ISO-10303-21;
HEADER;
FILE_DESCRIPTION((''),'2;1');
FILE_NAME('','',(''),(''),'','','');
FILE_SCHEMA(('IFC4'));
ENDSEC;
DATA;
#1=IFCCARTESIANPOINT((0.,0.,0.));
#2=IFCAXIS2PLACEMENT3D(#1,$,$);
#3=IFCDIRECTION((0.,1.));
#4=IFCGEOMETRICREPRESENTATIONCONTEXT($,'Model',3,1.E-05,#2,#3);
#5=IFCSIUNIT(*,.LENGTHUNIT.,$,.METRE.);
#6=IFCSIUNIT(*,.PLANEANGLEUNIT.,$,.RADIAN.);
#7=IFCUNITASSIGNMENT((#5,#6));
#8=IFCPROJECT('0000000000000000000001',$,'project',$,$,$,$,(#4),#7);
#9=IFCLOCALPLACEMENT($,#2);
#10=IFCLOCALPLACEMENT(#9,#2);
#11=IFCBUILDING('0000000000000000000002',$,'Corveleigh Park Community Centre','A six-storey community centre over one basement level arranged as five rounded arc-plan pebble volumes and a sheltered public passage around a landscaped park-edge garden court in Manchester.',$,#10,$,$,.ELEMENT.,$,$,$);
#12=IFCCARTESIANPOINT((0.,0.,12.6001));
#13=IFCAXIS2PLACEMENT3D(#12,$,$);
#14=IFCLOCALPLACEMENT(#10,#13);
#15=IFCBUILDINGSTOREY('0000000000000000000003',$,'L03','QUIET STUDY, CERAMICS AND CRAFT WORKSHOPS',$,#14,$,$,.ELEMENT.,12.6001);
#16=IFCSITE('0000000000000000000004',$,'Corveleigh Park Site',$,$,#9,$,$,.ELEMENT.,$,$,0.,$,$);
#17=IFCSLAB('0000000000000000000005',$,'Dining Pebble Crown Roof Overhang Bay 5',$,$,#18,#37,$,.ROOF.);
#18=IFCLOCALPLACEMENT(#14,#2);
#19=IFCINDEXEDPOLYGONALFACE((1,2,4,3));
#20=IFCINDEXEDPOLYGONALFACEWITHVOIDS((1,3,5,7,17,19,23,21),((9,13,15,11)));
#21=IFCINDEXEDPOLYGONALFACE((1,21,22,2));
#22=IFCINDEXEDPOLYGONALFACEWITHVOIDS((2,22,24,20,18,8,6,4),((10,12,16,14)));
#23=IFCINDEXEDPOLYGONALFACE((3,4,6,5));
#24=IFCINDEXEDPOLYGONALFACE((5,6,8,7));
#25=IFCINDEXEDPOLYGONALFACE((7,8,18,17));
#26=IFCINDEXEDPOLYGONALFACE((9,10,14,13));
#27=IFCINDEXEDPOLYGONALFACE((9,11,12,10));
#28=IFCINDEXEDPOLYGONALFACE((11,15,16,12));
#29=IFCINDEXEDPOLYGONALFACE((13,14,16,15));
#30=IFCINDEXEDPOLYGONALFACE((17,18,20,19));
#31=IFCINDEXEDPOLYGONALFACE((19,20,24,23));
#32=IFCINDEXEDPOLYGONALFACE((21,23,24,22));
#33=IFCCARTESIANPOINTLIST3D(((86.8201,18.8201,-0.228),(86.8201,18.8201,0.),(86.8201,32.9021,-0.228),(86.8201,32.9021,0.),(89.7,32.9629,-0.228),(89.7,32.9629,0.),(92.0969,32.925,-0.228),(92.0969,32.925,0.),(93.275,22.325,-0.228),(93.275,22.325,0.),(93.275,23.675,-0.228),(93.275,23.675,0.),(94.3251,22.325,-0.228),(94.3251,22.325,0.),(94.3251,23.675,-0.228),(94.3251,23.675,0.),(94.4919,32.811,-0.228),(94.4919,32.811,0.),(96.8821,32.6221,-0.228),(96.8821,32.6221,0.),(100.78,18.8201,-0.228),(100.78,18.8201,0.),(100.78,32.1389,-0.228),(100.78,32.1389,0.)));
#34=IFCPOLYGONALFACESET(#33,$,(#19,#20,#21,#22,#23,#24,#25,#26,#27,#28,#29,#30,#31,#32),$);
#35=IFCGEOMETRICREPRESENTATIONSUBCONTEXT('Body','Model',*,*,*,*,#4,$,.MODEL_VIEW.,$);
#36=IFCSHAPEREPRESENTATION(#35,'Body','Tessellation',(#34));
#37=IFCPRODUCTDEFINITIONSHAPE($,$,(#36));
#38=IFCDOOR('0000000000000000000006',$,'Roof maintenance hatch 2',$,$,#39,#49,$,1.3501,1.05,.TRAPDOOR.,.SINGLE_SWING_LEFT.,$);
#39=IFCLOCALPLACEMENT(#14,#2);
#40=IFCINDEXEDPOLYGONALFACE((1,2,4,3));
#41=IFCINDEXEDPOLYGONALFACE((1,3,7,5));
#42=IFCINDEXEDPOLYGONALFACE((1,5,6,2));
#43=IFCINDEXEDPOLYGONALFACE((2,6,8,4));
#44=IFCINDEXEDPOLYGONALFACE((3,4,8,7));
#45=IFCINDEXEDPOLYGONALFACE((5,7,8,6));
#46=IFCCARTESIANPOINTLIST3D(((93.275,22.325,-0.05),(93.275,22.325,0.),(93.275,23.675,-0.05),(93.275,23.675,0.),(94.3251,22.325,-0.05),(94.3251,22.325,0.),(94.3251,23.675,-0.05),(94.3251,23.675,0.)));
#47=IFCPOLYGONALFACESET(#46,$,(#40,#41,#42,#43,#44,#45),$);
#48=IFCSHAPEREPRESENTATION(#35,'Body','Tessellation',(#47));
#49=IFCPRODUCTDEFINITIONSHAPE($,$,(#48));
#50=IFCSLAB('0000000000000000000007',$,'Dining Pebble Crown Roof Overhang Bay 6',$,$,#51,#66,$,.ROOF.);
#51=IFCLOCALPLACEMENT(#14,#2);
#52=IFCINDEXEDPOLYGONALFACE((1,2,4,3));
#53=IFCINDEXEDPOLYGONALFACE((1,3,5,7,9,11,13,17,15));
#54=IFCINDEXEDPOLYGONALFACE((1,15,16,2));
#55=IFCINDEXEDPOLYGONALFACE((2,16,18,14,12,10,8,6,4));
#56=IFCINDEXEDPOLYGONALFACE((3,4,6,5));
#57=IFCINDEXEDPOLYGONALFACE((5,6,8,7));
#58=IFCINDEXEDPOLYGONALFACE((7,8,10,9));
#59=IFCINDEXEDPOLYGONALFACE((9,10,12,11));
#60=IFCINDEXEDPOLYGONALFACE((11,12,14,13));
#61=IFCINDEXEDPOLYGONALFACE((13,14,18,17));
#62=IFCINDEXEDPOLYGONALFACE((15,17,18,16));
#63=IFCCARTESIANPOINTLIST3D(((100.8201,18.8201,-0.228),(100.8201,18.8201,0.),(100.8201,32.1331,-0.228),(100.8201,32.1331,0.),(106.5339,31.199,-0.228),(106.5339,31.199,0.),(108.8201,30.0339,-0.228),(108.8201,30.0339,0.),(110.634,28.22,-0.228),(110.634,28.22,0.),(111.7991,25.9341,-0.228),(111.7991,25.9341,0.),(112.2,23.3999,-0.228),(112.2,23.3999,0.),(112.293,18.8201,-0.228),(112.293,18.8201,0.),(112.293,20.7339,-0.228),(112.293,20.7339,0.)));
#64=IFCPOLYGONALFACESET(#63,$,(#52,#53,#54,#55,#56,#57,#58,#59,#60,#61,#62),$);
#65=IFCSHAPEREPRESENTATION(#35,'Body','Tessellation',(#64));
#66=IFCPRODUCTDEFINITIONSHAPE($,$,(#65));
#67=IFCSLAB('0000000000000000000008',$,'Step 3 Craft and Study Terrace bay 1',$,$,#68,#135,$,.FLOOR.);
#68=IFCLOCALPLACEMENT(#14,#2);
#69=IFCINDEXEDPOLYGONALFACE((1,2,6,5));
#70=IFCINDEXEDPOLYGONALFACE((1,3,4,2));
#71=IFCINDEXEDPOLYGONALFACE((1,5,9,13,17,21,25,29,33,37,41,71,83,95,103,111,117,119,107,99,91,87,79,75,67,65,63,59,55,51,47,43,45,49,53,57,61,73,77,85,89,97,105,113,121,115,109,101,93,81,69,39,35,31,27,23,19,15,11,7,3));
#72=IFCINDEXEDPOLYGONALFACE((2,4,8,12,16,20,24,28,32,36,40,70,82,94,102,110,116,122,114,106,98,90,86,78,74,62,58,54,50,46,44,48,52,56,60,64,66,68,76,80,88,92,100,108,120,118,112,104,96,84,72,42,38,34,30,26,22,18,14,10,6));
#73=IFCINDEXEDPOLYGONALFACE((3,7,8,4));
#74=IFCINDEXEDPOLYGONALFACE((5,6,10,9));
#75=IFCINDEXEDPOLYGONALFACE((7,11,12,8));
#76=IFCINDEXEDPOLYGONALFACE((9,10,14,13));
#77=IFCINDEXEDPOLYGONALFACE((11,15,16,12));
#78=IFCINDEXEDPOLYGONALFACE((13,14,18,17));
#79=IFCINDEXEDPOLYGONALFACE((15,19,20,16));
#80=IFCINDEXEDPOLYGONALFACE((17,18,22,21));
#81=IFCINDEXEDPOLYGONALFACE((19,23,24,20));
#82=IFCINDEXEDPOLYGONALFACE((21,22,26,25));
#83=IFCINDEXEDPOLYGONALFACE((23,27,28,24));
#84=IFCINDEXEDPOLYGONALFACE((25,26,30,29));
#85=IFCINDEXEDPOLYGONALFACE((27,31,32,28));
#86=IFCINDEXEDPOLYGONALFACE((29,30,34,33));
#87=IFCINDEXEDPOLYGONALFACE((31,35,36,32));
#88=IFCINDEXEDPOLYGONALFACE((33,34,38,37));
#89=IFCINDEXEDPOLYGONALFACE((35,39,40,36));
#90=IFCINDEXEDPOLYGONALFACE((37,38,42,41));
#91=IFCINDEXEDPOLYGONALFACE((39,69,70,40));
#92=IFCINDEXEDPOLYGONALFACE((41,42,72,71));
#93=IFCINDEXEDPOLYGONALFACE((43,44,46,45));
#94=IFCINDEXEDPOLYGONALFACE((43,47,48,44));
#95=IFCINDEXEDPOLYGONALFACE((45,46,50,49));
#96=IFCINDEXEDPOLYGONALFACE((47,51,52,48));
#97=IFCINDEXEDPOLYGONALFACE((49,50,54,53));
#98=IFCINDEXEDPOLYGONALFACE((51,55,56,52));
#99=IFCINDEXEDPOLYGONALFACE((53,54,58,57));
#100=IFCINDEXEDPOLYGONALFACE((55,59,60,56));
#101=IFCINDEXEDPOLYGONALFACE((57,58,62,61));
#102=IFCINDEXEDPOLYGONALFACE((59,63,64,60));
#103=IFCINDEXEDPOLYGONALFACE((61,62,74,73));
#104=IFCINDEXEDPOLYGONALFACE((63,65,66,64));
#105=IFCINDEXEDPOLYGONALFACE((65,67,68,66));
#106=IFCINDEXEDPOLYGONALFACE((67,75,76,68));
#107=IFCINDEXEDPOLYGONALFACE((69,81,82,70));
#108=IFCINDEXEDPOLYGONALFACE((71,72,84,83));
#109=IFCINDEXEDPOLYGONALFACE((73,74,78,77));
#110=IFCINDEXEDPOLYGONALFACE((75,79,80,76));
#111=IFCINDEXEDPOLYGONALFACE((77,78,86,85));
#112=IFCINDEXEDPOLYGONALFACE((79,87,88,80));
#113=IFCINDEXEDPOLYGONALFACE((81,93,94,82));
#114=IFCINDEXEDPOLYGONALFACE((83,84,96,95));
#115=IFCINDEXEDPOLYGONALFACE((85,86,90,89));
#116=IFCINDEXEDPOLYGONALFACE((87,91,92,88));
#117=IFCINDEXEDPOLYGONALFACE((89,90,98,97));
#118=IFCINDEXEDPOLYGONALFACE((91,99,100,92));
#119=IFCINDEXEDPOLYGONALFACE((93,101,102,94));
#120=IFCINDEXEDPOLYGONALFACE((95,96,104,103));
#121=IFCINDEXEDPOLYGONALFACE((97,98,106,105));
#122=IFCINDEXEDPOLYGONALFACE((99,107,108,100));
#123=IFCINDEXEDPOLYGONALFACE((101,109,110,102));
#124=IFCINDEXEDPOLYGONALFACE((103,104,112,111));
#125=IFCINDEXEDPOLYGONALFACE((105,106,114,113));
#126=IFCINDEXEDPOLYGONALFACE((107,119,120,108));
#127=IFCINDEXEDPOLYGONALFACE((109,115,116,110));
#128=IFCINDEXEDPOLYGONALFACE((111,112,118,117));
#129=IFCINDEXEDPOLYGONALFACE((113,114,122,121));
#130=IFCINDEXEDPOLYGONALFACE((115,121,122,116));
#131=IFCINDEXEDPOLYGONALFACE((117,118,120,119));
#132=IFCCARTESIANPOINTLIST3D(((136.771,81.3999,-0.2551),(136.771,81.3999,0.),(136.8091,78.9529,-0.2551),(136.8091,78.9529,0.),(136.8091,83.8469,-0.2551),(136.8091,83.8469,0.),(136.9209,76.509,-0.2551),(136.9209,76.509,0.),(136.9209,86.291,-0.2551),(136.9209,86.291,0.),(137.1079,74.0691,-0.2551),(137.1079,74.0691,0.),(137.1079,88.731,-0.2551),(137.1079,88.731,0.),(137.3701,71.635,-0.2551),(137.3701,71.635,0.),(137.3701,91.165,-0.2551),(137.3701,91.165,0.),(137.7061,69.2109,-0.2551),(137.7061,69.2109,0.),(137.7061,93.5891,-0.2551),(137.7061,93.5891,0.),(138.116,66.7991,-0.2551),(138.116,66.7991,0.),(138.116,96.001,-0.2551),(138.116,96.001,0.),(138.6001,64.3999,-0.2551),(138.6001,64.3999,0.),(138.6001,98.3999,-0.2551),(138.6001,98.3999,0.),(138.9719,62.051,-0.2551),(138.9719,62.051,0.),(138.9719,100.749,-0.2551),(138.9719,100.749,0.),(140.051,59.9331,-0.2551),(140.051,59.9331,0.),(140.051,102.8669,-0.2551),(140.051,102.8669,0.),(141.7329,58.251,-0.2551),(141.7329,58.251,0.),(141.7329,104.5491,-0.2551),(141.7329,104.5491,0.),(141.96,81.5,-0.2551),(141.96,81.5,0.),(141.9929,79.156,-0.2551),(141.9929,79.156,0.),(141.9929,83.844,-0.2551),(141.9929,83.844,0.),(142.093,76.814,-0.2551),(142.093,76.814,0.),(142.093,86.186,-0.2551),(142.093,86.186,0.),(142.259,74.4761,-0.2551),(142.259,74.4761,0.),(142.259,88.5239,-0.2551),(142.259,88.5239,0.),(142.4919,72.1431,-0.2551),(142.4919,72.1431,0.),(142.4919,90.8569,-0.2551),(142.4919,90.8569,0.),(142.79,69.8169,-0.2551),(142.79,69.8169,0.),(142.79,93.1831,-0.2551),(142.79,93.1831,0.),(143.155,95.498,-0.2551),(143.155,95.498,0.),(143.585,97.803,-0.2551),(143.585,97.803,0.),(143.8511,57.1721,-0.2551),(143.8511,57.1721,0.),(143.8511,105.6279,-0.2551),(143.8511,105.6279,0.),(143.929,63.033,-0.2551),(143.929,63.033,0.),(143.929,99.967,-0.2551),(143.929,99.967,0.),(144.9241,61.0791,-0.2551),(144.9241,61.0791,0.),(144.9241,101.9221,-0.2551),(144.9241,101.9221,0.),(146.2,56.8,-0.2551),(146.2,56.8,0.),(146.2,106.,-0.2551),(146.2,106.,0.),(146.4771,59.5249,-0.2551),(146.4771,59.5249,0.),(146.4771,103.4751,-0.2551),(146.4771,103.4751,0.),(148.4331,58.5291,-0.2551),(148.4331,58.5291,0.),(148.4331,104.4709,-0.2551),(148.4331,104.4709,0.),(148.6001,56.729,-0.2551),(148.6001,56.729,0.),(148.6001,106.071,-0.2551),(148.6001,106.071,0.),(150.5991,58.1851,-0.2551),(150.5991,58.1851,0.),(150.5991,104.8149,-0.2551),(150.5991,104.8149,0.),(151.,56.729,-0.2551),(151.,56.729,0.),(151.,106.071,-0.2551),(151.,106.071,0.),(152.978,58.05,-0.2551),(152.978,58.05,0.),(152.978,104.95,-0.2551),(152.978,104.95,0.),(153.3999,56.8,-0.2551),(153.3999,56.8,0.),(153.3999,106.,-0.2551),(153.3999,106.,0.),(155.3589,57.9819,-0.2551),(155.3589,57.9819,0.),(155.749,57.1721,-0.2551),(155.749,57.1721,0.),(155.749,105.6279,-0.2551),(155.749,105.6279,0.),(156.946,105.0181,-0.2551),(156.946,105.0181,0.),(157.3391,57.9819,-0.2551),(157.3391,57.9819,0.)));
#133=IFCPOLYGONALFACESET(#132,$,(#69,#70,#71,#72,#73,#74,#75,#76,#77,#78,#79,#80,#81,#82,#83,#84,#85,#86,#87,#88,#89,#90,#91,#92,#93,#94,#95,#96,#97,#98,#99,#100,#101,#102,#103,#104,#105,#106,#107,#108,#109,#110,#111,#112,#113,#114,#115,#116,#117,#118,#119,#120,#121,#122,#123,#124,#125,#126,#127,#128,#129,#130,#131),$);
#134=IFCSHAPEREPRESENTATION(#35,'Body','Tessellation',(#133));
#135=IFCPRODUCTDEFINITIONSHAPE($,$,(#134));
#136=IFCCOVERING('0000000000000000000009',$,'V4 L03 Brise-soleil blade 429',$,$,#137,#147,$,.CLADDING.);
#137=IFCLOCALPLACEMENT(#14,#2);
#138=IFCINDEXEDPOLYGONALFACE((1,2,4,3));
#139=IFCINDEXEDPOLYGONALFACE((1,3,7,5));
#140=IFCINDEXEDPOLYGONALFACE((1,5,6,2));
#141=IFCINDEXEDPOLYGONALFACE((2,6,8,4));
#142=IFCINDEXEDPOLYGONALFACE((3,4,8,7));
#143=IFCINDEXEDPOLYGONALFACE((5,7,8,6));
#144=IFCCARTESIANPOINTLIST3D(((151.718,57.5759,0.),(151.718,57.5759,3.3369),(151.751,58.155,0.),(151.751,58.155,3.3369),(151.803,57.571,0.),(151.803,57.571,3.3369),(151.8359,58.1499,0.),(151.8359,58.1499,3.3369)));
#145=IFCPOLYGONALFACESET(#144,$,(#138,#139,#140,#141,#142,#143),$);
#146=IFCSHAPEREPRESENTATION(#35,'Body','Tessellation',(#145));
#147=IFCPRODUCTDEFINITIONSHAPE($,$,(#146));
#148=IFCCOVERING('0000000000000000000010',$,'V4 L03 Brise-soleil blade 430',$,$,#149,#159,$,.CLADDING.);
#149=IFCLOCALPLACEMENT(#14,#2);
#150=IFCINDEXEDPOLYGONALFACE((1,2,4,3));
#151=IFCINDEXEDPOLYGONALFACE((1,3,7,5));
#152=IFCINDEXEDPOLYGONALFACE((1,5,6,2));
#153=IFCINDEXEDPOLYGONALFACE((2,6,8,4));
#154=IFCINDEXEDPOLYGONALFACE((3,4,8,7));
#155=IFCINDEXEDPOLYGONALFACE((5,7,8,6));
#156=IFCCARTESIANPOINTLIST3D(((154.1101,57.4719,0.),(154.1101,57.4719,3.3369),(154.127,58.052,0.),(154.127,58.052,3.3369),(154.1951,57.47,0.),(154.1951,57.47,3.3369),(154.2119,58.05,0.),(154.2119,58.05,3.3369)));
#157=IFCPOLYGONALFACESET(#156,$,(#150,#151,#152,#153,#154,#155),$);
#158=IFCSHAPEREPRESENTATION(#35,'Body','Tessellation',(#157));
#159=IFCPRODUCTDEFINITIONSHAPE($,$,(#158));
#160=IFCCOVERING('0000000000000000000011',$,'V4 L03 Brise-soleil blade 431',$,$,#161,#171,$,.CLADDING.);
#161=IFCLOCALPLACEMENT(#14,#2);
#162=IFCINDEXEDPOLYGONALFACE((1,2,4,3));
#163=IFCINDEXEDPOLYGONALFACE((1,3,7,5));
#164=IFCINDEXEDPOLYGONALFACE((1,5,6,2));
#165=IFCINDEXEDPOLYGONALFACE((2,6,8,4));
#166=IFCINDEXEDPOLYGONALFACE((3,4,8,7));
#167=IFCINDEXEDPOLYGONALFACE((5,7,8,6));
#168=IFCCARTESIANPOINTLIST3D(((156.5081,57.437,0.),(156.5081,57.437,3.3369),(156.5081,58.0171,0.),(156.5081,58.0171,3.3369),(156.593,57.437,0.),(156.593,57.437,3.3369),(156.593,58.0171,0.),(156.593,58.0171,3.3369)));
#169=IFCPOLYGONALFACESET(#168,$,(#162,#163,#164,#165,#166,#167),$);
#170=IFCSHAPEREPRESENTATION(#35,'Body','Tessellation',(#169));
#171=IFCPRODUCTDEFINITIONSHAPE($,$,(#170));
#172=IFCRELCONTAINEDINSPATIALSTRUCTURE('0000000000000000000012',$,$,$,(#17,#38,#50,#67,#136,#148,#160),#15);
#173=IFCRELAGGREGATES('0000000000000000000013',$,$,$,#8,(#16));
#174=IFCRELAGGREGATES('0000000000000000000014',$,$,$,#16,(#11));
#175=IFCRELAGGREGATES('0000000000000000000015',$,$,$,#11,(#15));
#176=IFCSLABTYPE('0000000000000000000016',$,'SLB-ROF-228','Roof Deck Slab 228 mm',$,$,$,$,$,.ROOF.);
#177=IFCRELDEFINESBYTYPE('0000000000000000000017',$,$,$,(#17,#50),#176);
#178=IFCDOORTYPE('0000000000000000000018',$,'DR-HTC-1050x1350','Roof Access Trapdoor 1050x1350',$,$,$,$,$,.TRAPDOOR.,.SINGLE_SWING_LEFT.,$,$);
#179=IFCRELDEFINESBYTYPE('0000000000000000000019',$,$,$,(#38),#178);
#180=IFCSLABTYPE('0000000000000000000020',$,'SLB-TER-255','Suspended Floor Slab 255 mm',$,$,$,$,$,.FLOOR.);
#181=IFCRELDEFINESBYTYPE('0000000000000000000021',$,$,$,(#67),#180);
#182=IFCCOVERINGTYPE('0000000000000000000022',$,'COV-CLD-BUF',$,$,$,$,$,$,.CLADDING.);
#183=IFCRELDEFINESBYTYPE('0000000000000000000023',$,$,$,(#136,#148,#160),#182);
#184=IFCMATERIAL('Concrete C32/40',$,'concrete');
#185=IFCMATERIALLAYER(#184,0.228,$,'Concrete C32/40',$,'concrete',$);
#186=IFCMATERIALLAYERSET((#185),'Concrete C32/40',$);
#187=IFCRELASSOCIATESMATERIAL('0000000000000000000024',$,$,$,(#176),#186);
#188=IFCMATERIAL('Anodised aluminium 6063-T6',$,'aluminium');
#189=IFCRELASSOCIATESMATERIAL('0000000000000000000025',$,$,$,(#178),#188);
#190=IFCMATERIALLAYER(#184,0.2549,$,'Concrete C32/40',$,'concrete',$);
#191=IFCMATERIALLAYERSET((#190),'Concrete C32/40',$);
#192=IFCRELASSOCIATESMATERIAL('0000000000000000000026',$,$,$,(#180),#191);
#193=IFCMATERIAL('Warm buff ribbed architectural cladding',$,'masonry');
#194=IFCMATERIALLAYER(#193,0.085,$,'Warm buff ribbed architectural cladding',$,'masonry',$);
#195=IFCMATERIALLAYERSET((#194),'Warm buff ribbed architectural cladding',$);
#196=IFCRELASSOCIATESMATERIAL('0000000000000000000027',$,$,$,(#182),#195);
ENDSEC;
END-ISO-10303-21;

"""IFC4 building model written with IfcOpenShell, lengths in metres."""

from ifc_helpers import new_model, si_unit, direction, frame, origin, origin_2d, place, context, subcontext, project, spatial, polyline, rectangle, outline, extrude, material, layer, layer_set, type_object, element, fill, save


model = new_model("IFC4")

# Units and contexts
model_context = context("Model", 3, precision=1e-05, world=origin(), true_north=direction((0.0, 1.0)))
body_context = subcontext(model_context, "Body", "Model", "MODEL_VIEW")
ifc_project = project(units=[si_unit("LENGTHUNIT", "METRE"), si_unit("PLANEANGLEUNIT", "RADIAN")], contexts=[model_context])

# Site, building, storey
site_placement = place(None, origin())
site = spatial("IfcSite", under=ifc_project, at=site_placement, Name="Corveleigh Park Site", CompositionType="ELEMENT", RefElevation=0.0)
building_placement = place(site_placement, origin())
building = spatial("IfcBuilding", under=site, at=building_placement, Name="Corveleigh Park Community Centre", Description="A six-storey community centre over one basement level arranged as five rounded arc-plan pebble volumes and a sheltered public passage around a landscaped park-edge garden court in Manchester.", CompositionType="ELEMENT")
storey_placement = place(building_placement, frame((0.0, 0.0, 12.6001)))
storey = spatial("IfcBuildingStorey", under=building, at=storey_placement, Name="L03", Description="QUIET STUDY, CERAMICS AND CRAFT WORKSHOPS", CompositionType="ELEMENT", Elevation=12.6001)

# Shared definitions
ifc_material_1 = material(Name="Concrete C32/40", Category="concrete")

# Shared definitions
ifc_material_2 = material(Name="Anodised aluminium 6063-T6", Category="aluminium")

# Shared definitions
ifc_layer_1 = layer(ifc_material_1, 0.228, Name="Concrete C32/40", Category="concrete")
ifc_layer_set_1 = layer_set([ifc_layer_1], Name="Concrete C32/40")
slab_type_1 = type_object("IfcSlabType", Name="SLB-ROF-228", Description="Roof Deck Slab 228 mm", PredefinedType="ROOF", material=ifc_layer_set_1)

# Slab, opening, door
slab_1_placement = place(storey_placement, frame((0.0, 0.0, -0.228)))
slab_1 = element("IfcSlab", 1, at=slab_1_placement, inside=storey, type_object=slab_type_1, Name="Dining Pebble Crown Roof Overhang Bay 5", PredefinedType="ROOF", context=body_context, shape_type="SweptSolid", body=[
    extrude(outline(polyline([(86.8201, 32.9021), (89.7, 32.9629), (92.0969, 32.925), (94.4919, 32.811), (96.8821, 32.6221), (100.78, 32.1389), (100.78, 18.8201), (86.8201, 18.8201), (86.8201, 32.9021)])), origin(), (0.0, 0.0, 1.0), 0.228),
])
opening_1_placement = place(slab_1_placement, frame((93.8, 23.0, -0.01)))
opening_1 = element("IfcOpeningElement", 2, at=opening_1_placement, cuts=slab_1, PredefinedType="OPENING", context=body_context, shape_type="SweptSolid", body=[
    extrude(rectangle(XDim=1.05, YDim=1.3501, at=origin_2d()), origin(), (0.0, 0.0, 1.0), 0.248),
])
door_type_1 = type_object("IfcDoorType", Name="DR-HTC-1050x1350", Description="Roof Access Trapdoor 1050x1350", OperationType="SINGLE_SWING_LEFT", PredefinedType="TRAPDOOR", material=ifc_material_2)
door_1_placement = place(opening_1_placement, frame((0.0, 0.0, 0.188)))
door_1 = element("IfcDoor", 3, at=door_1_placement, inside=storey, type_object=door_type_1, Name="Roof maintenance hatch 2", OperationType="SINGLE_SWING_LEFT", OverallHeight=1.3501, OverallWidth=1.05, PredefinedType="TRAPDOOR", context=body_context, shape_type="SweptSolid", body=[
    extrude(rectangle(XDim=1.05, YDim=1.3501, at=origin_2d()), origin(), (0.0, 0.0, 1.0), 0.05),
])
fill(opening_1, door_1)

# Slabs
slab_2_placement = place(storey_placement, frame((0.0, 0.0, -0.228)))
element("IfcSlab", 4, at=slab_2_placement, inside=storey, type_object=slab_type_1, Name="Dining Pebble Crown Roof Overhang Bay 6", PredefinedType="ROOF", context=body_context, shape_type="SweptSolid", body=[
    extrude(outline(polyline([(100.8201, 32.1331), (106.5339, 31.199), (108.8201, 30.0339), (110.634, 28.22), (111.7991, 25.9341), (112.2, 23.3999), (112.293, 20.7339), (112.293, 18.8201), (100.8201, 18.8201), (100.8201, 32.1331)])), origin(), (0.0, 0.0, 1.0), 0.228),
])
ifc_layer_2 = layer(ifc_material_1, 0.2549, Name="Concrete C32/40", Category="concrete")
ifc_layer_set_2 = layer_set([ifc_layer_2], Name="Concrete C32/40")
slab_type_2 = type_object("IfcSlabType", Name="SLB-TER-255", Description="Suspended Floor Slab 255 mm", PredefinedType="FLOOR", material=ifc_layer_set_2)
slab_3_placement = place(storey_placement, frame((0.0, 0.0, -0.2551)))
element("IfcSlab", 5, at=slab_3_placement, inside=storey, type_object=slab_type_2, Name="Step 3 Craft and Study Terrace bay 1", PredefinedType="FLOOR", context=body_context, shape_type="SweptSolid", body=[
    extrude(outline(polyline([(155.749, 57.1721), (153.3999, 56.8), (151.0, 56.729), (148.6001, 56.729), (146.2, 56.8), (143.8511, 57.1721), (141.7329, 58.251), (140.051, 59.9331), (138.9719, 62.051), (138.6001, 64.3999), (138.116, 66.7991), (137.7061, 69.2109), (137.3701, 71.635), (137.1079, 74.0691), (136.9209, 76.509), (136.8091, 78.9529), (136.771, 81.3999), (136.8091, 83.8469), (136.9209, 86.291), (137.1079, 88.731), (137.3701, 91.165), (137.7061, 93.5891), (138.116, 96.001), (138.6001, 98.3999), (138.9719, 100.749), (140.051, 102.8669), (141.7329, 104.5491), (143.8511, 105.6279), (146.2, 106.0), (148.6001, 106.071), (151.0, 106.071), (153.3999, 106.0), (155.749, 105.6279), (156.946, 105.0181), (152.978, 104.95), (150.5991, 104.8149), (148.4331, 104.4709), (146.4771, 103.4751), (144.9241, 101.9221), (143.929, 99.967), (143.585, 97.803), (143.155, 95.498), (142.79, 93.1831), (142.4919, 90.8569), (142.259, 88.5239), (142.093, 86.186), (141.9929, 83.844), (141.96, 81.5), (141.9929, 79.156), (142.093, 76.814), (142.259, 74.4761), (142.4919, 72.1431), (142.79, 69.8169), (143.929, 63.033), (144.9241, 61.0791), (146.4771, 59.5249), (148.4331, 58.5291), (150.5991, 58.1851), (152.978, 58.05), (155.3589, 57.9819), (157.3391, 57.9819), (155.749, 57.1721)])), origin(), (0.0, 0.0, 1.0), 0.2551),
])

# Coverings
ifc_material_3 = material(Name="Warm buff ribbed architectural cladding", Category="masonry")
ifc_layer_3 = layer(ifc_material_3, 0.085, Name="Warm buff ribbed architectural cladding", Category="masonry")
ifc_layer_set_3 = layer_set([ifc_layer_3], Name="Warm buff ribbed architectural cladding")
covering_type = type_object("IfcCoveringType", Name="COV-CLD-BUF", PredefinedType="CLADDING", material=ifc_layer_set_3)
covering_1_placement = place(storey_placement, origin())
element("IfcCovering", 6, at=covering_1_placement, inside=storey, type_object=covering_type, Name="V4 L03 Brise-soleil blade 429", PredefinedType="CLADDING", context=body_context, shape_type="SweptSolid", body=[
    extrude(outline(polyline([(151.8359, 58.1499), (151.751, 58.155), (151.718, 57.5759), (151.803, 57.571), (151.8359, 58.1499)])), origin(), (0.0, 0.0, 1.0), 3.3369),
])
covering_2_placement = place(storey_placement, origin())
element("IfcCovering", 7, at=covering_2_placement, inside=storey, type_object=covering_type, Name="V4 L03 Brise-soleil blade 430", PredefinedType="CLADDING", context=body_context, shape_type="SweptSolid", body=[
    extrude(outline(polyline([(154.2119, 58.05), (154.127, 58.052), (154.1101, 57.4719), (154.1951, 57.47), (154.2119, 58.05)])), origin(), (0.0, 0.0, 1.0), 3.3369),
])
covering_3_placement = place(storey_placement, origin())
element("IfcCovering", 8, at=covering_3_placement, inside=storey, type_object=covering_type, Name="V4 L03 Brise-soleil blade 431", PredefinedType="CLADDING", context=body_context, shape_type="SweptSolid", body=[
    extrude(outline(polyline([(156.593, 58.0171), (156.5081, 58.0171), (156.5081, 57.437), (156.593, 57.437), (156.593, 58.0171)])), origin(), (0.0, 0.0, 1.0), 3.3369),
])

save(model, "model.ifc")
